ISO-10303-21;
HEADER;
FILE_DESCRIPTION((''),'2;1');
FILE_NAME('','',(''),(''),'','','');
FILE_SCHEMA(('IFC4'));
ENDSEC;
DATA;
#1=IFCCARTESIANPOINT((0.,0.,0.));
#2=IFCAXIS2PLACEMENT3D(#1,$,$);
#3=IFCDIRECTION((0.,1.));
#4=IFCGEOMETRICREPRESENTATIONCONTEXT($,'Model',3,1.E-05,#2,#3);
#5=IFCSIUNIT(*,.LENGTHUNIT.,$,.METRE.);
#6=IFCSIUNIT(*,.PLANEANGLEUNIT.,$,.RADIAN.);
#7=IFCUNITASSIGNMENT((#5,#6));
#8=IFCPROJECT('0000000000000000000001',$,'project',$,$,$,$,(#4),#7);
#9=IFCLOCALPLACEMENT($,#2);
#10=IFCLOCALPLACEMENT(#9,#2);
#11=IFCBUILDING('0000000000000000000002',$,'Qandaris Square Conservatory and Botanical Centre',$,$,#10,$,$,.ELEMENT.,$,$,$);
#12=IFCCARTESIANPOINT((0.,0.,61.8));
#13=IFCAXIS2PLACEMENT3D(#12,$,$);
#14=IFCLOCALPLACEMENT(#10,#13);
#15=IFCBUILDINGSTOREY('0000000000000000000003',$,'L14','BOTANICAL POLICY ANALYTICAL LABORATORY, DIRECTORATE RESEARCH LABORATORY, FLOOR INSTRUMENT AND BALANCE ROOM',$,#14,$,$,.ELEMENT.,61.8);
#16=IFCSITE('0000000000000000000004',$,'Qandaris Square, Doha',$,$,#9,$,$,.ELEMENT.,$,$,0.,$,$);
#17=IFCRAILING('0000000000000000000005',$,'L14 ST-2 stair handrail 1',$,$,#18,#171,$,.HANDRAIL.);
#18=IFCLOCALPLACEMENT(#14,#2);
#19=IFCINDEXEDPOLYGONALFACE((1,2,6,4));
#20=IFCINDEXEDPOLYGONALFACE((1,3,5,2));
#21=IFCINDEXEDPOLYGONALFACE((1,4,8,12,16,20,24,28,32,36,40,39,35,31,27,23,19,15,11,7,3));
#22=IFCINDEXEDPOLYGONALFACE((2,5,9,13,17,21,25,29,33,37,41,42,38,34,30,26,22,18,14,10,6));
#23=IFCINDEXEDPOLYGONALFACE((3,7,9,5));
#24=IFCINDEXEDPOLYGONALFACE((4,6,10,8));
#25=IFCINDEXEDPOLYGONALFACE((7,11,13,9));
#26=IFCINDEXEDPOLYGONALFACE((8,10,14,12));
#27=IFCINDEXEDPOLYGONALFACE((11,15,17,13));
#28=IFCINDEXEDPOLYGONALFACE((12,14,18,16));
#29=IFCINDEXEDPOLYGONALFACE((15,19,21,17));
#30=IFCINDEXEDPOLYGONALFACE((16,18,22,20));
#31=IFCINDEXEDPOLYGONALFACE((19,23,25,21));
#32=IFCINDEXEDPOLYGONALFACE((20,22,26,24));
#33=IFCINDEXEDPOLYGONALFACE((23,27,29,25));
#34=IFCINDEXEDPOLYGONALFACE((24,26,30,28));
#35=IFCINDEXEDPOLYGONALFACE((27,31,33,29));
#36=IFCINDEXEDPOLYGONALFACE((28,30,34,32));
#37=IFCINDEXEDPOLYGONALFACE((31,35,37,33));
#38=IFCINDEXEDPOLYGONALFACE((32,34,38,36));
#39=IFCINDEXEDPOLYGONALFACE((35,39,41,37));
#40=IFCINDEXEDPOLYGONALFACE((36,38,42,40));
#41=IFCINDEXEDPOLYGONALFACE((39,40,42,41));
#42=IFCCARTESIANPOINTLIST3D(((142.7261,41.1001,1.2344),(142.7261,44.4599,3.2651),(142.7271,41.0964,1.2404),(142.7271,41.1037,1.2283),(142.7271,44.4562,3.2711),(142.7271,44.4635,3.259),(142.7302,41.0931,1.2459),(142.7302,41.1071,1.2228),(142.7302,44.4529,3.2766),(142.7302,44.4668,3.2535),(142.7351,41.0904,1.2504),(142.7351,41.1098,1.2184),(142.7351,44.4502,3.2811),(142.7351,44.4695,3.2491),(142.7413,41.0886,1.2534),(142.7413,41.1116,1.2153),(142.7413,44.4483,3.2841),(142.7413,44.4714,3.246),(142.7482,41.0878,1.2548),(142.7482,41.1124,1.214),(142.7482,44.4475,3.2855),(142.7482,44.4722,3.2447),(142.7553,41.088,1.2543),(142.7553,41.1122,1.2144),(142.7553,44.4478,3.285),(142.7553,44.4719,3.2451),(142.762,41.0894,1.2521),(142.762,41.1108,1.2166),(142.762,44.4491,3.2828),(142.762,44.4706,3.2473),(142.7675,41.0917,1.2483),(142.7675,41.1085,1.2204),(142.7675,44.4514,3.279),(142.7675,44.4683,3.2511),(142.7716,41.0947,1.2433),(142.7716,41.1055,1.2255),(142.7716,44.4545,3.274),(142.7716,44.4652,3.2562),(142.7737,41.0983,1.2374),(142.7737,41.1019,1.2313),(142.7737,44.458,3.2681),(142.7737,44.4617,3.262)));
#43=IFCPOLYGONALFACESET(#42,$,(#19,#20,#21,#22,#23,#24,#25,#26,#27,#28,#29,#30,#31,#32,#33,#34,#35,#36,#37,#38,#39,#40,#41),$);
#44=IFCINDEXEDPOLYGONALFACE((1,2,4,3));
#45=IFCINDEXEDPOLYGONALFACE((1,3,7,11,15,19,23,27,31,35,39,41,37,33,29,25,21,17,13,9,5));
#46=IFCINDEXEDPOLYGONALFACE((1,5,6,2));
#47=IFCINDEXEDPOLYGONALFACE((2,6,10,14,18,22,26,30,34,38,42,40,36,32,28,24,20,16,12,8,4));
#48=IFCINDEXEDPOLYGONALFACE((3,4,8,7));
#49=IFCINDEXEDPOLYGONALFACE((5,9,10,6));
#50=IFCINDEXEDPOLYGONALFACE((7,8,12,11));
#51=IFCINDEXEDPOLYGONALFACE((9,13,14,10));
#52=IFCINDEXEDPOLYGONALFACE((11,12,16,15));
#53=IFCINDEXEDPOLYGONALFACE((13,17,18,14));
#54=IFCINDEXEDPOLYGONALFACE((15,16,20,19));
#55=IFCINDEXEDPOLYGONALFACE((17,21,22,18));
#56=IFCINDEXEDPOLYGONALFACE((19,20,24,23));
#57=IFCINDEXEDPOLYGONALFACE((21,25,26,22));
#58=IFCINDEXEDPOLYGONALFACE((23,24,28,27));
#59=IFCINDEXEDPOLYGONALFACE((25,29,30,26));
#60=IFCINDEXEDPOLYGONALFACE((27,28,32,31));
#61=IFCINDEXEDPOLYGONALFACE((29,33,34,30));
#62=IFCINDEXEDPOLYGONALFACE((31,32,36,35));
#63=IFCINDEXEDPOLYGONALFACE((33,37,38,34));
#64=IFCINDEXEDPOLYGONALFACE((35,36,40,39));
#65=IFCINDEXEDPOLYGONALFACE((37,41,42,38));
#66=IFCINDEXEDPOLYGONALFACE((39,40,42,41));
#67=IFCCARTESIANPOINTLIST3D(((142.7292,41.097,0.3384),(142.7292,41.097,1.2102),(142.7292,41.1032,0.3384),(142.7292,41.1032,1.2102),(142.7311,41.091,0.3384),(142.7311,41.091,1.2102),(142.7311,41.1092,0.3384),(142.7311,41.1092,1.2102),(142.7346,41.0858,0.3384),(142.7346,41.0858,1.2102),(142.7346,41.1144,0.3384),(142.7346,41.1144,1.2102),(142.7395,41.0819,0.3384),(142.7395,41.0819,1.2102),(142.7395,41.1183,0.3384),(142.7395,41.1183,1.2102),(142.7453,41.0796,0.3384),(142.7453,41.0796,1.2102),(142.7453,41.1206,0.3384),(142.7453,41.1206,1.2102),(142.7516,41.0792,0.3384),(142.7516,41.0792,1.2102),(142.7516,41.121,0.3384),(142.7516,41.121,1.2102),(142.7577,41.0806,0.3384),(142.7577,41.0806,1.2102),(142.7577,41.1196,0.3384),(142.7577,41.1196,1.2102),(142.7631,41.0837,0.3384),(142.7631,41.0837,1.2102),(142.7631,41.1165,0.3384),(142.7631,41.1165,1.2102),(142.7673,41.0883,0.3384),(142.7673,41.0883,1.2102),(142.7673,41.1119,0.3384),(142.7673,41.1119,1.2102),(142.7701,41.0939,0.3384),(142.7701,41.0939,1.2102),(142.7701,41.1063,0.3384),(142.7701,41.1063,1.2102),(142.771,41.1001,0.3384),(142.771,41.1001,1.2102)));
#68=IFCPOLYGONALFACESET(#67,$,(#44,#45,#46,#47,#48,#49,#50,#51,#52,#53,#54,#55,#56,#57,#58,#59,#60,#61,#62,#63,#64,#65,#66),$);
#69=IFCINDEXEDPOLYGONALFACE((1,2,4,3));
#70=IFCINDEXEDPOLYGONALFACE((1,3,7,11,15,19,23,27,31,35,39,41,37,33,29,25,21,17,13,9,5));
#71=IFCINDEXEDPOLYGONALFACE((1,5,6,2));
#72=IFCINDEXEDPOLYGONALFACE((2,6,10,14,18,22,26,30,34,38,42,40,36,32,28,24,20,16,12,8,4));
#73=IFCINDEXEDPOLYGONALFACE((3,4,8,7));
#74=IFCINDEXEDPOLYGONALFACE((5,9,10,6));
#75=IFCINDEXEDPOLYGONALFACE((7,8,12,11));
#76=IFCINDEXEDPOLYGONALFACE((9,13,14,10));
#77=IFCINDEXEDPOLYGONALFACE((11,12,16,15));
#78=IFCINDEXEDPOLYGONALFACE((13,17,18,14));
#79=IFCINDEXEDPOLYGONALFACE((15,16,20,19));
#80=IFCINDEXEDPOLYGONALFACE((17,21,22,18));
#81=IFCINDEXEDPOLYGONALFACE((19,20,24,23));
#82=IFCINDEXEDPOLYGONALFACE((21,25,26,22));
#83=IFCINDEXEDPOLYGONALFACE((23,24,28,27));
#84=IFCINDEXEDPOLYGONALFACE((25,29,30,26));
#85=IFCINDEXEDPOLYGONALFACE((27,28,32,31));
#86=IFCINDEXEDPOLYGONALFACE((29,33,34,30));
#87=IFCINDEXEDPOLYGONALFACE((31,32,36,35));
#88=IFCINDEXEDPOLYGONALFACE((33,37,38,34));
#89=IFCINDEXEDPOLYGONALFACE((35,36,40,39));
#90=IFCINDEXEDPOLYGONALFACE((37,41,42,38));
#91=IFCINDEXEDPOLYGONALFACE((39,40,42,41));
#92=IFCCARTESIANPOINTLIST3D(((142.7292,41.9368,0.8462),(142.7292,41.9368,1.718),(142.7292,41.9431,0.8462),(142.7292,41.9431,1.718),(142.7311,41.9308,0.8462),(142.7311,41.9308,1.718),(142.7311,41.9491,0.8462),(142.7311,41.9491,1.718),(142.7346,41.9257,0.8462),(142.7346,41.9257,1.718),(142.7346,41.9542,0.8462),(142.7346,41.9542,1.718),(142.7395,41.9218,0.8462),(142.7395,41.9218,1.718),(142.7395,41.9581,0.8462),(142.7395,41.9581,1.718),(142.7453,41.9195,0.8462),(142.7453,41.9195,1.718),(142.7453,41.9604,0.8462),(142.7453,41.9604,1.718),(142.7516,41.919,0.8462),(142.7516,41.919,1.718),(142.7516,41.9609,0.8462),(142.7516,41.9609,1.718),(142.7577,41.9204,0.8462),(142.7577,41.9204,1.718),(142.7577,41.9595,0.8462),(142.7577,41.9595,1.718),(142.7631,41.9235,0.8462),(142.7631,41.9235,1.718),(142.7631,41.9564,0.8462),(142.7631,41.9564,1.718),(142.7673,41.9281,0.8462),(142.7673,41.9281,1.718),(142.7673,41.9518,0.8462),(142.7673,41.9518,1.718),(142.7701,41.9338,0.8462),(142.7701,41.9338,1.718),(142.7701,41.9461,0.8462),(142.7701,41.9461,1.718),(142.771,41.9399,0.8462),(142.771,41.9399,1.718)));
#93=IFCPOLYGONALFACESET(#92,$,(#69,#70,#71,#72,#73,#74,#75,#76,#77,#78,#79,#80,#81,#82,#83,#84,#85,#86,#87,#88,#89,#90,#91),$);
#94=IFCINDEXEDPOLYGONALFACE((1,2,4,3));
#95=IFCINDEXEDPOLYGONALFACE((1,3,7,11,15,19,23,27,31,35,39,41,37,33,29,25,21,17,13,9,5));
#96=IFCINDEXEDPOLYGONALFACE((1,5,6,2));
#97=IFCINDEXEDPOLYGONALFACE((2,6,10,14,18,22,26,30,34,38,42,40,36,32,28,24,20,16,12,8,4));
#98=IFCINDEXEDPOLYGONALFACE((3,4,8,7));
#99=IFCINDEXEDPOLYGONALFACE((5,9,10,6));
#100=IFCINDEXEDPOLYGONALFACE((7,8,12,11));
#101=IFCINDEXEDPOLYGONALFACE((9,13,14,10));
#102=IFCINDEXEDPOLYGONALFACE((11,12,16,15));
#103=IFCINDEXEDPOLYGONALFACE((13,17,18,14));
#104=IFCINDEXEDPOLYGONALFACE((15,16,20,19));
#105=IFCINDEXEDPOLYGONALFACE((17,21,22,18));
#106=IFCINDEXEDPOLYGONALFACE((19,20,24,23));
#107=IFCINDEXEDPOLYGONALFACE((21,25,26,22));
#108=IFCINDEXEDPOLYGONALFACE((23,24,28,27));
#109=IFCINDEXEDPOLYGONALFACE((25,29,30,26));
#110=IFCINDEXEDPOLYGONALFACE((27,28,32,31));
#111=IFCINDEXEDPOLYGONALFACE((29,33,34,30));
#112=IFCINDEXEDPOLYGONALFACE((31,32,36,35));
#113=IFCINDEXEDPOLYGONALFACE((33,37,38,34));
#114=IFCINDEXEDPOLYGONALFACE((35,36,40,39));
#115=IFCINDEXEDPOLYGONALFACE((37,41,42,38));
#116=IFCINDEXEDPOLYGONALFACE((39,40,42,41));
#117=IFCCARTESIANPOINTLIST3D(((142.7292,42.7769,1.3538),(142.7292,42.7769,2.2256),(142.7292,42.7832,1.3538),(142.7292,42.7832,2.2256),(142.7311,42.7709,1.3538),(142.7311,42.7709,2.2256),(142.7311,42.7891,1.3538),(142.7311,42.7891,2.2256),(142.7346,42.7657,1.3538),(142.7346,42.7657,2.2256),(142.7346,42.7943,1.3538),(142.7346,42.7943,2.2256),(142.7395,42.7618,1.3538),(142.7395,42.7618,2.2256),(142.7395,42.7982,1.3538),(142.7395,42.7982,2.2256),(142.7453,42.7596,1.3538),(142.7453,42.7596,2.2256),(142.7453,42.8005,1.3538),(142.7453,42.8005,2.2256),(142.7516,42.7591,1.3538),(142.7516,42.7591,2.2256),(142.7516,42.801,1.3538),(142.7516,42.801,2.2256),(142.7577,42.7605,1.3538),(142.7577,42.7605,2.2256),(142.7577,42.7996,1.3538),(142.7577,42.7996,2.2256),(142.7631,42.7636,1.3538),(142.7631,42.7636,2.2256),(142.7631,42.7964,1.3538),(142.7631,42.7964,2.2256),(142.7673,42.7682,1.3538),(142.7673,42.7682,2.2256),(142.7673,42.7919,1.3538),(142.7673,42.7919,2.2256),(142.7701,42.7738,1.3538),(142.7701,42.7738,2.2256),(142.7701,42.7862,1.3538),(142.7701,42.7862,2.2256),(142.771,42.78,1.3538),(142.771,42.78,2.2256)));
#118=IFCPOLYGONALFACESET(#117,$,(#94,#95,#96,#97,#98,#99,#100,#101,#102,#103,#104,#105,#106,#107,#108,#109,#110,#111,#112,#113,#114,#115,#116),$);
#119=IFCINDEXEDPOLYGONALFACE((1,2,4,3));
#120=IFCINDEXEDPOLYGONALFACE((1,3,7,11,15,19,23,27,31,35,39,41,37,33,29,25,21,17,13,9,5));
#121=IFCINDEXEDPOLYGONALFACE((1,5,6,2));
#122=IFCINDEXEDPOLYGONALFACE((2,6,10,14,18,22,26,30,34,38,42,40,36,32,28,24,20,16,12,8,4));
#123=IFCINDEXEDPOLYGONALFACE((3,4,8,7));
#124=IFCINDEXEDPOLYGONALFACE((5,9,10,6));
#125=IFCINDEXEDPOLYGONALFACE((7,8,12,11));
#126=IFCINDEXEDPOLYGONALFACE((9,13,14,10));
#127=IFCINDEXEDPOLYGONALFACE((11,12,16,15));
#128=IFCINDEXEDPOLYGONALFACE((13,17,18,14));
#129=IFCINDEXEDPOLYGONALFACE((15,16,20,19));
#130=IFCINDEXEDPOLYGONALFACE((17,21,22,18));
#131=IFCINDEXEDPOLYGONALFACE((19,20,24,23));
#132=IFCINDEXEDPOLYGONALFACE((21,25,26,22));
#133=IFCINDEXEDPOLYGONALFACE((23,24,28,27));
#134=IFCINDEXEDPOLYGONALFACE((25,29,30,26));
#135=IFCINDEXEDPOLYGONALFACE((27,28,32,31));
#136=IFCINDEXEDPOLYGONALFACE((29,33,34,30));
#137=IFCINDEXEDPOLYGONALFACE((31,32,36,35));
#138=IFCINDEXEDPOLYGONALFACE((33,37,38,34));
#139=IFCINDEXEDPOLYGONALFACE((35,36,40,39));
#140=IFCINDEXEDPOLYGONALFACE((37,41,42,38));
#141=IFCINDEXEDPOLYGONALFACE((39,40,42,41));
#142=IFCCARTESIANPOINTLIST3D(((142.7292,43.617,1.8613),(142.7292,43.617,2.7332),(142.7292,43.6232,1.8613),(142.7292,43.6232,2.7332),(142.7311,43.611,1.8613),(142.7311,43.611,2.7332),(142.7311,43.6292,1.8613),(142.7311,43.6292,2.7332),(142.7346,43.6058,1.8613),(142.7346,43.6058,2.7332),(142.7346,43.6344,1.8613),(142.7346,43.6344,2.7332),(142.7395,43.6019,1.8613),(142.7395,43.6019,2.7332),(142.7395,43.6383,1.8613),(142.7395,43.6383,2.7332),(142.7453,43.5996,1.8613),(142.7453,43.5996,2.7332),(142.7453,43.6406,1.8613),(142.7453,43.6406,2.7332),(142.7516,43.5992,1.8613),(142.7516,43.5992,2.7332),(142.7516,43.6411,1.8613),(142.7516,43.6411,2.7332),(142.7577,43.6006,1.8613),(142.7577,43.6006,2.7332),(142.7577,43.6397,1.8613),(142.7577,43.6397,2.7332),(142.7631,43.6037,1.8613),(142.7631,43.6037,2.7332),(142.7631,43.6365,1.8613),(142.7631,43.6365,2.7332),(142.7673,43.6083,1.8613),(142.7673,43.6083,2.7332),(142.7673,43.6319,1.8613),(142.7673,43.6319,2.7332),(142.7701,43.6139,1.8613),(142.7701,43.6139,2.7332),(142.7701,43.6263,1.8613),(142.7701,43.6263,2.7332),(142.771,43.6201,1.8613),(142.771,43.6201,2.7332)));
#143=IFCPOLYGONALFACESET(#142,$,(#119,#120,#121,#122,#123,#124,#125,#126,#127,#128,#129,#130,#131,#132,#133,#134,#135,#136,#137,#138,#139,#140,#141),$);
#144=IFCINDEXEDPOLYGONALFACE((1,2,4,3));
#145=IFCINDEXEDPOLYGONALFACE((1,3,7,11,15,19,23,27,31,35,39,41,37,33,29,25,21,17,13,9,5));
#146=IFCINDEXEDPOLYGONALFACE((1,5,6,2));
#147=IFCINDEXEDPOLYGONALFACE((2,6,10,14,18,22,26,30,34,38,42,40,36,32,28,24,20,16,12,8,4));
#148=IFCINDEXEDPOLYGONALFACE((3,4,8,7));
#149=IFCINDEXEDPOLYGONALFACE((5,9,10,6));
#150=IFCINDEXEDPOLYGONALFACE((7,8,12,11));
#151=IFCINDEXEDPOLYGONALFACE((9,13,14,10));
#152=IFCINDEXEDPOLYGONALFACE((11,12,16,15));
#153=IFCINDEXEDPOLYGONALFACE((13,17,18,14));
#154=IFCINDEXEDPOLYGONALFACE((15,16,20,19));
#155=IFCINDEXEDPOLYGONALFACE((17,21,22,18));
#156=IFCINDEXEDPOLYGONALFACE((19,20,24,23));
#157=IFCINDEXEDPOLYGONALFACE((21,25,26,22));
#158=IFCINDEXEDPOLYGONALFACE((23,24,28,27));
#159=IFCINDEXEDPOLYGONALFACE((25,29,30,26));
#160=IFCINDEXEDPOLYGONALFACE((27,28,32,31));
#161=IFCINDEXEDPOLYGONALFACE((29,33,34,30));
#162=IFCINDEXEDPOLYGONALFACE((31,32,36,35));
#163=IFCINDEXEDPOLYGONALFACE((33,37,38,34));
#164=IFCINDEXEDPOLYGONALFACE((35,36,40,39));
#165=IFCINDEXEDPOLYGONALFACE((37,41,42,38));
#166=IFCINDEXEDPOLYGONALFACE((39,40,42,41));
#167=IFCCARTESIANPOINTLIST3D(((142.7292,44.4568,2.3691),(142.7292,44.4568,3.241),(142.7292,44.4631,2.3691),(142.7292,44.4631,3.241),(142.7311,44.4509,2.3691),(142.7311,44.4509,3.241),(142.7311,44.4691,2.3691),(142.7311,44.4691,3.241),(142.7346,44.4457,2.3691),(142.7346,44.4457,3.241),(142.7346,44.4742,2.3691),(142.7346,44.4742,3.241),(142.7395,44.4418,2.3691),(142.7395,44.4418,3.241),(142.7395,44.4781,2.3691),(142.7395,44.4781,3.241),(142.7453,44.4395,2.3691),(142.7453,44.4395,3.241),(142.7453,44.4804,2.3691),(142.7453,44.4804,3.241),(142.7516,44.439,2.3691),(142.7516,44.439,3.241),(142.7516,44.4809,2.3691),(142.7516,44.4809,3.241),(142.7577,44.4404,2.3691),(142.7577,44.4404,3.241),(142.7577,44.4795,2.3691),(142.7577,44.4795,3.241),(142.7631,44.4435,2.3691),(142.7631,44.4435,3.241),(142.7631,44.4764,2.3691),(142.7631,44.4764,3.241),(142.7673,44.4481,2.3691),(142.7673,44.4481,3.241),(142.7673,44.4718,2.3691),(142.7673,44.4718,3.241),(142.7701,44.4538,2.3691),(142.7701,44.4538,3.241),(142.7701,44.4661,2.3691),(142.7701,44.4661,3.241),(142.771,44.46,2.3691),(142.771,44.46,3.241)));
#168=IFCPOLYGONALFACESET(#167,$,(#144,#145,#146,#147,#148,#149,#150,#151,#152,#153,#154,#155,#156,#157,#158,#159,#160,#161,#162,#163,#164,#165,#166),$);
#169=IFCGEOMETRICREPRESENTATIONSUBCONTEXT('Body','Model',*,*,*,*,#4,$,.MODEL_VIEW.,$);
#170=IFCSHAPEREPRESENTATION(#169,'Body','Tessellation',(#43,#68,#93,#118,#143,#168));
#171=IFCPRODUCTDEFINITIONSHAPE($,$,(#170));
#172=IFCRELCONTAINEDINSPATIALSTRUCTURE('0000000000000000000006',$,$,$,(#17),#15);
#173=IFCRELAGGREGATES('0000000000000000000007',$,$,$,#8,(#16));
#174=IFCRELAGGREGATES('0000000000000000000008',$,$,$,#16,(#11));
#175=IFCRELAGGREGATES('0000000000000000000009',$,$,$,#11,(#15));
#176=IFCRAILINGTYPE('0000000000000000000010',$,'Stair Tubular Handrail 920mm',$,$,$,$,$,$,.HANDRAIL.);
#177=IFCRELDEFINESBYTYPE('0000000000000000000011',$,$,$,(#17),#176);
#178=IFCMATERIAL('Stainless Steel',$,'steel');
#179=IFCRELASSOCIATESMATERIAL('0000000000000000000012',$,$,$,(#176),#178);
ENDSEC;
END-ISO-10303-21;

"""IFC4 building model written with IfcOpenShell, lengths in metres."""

from ifc_helpers import new_model, si_unit, direction, frame, origin, origin_2d, place, context, subcontext, project, spatial, circle, extrude, material, type_object, element, save


model = new_model("IFC4")

# Units and contexts
model_context = context("Model", 3, precision=1e-05, world=origin(), true_north=direction((0.0, 1.0)))
body_context = subcontext(model_context, "Body", "Model", "MODEL_VIEW")
ifc_project = project(units=[si_unit("LENGTHUNIT", "METRE"), si_unit("PLANEANGLEUNIT", "RADIAN")], contexts=[model_context])

# Site, building, storey
site_placement = place(None, origin())
site = spatial("IfcSite", under=ifc_project, at=site_placement, Name="Qandaris Square, Doha", CompositionType="ELEMENT", RefElevation=0.0)
building_placement = place(site_placement, origin())
building = spatial("IfcBuilding", under=site, at=building_placement, Name="Qandaris Square Conservatory and Botanical Centre", CompositionType="ELEMENT")
storey_placement = place(building_placement, frame((0.0, 0.0, 61.8)))
storey = spatial("IfcBuildingStorey", under=building, at=storey_placement, Name="L14", Description="BOTANICAL POLICY ANALYTICAL LABORATORY, DIRECTORATE RESEARCH LABORATORY, FLOOR INSTRUMENT AND BALANCE ROOM", CompositionType="ELEMENT", Elevation=61.8)

# Railing
ifc_material_1 = material(Name="Stainless Steel", Category="steel")
railing_type_1 = type_object("IfcRailingType", Name="Stair Tubular Handrail 920mm", PredefinedType="HANDRAIL", material=ifc_material_1)
railing_1_placement = place(storey_placement, frame((142.75, 41.1001, 0.3384)))
element("IfcRailing", 1, at=railing_1_placement, inside=storey, type_object=railing_type_1, Name="L14 ST-2 stair handrail 1", PredefinedType="HANDRAIL", context=body_context, shape_type="SweptSolid", body=[
    extrude(circle(Radius=0.0239, at=origin_2d()), frame((0.0, 0.0, 0.896), z_axis=(0.0, 0.85582, 0.517273), x_axis=(-1.0, 0.0, 0.0)), (0.0, 0.0, 1.0), 3.9258),
    extrude(circle(Radius=0.021, at=origin_2d()), origin(), (0.0, 0.0, 1.0), 0.8718),
    extrude(circle(Radius=0.021, at=origin_2d()), frame((0.0, 0.8398, 0.5078)), (0.0, 0.0, 1.0), 0.8718),
    extrude(circle(Radius=0.021, at=origin_2d()), frame((0.0, 1.6799, 1.0154)), (0.0, 0.0, 1.0), 0.8718),
    extrude(circle(Radius=0.021, at=origin_2d()), frame((0.0, 2.52, 1.5229)), (0.0, 0.0, 1.0), 0.8718),
    extrude(circle(Radius=0.021, at=origin_2d()), frame((0.0, 3.3599, 2.0308)), (0.0, 0.0, 1.0), 0.8718),
])

save(model, "model.ifc")
